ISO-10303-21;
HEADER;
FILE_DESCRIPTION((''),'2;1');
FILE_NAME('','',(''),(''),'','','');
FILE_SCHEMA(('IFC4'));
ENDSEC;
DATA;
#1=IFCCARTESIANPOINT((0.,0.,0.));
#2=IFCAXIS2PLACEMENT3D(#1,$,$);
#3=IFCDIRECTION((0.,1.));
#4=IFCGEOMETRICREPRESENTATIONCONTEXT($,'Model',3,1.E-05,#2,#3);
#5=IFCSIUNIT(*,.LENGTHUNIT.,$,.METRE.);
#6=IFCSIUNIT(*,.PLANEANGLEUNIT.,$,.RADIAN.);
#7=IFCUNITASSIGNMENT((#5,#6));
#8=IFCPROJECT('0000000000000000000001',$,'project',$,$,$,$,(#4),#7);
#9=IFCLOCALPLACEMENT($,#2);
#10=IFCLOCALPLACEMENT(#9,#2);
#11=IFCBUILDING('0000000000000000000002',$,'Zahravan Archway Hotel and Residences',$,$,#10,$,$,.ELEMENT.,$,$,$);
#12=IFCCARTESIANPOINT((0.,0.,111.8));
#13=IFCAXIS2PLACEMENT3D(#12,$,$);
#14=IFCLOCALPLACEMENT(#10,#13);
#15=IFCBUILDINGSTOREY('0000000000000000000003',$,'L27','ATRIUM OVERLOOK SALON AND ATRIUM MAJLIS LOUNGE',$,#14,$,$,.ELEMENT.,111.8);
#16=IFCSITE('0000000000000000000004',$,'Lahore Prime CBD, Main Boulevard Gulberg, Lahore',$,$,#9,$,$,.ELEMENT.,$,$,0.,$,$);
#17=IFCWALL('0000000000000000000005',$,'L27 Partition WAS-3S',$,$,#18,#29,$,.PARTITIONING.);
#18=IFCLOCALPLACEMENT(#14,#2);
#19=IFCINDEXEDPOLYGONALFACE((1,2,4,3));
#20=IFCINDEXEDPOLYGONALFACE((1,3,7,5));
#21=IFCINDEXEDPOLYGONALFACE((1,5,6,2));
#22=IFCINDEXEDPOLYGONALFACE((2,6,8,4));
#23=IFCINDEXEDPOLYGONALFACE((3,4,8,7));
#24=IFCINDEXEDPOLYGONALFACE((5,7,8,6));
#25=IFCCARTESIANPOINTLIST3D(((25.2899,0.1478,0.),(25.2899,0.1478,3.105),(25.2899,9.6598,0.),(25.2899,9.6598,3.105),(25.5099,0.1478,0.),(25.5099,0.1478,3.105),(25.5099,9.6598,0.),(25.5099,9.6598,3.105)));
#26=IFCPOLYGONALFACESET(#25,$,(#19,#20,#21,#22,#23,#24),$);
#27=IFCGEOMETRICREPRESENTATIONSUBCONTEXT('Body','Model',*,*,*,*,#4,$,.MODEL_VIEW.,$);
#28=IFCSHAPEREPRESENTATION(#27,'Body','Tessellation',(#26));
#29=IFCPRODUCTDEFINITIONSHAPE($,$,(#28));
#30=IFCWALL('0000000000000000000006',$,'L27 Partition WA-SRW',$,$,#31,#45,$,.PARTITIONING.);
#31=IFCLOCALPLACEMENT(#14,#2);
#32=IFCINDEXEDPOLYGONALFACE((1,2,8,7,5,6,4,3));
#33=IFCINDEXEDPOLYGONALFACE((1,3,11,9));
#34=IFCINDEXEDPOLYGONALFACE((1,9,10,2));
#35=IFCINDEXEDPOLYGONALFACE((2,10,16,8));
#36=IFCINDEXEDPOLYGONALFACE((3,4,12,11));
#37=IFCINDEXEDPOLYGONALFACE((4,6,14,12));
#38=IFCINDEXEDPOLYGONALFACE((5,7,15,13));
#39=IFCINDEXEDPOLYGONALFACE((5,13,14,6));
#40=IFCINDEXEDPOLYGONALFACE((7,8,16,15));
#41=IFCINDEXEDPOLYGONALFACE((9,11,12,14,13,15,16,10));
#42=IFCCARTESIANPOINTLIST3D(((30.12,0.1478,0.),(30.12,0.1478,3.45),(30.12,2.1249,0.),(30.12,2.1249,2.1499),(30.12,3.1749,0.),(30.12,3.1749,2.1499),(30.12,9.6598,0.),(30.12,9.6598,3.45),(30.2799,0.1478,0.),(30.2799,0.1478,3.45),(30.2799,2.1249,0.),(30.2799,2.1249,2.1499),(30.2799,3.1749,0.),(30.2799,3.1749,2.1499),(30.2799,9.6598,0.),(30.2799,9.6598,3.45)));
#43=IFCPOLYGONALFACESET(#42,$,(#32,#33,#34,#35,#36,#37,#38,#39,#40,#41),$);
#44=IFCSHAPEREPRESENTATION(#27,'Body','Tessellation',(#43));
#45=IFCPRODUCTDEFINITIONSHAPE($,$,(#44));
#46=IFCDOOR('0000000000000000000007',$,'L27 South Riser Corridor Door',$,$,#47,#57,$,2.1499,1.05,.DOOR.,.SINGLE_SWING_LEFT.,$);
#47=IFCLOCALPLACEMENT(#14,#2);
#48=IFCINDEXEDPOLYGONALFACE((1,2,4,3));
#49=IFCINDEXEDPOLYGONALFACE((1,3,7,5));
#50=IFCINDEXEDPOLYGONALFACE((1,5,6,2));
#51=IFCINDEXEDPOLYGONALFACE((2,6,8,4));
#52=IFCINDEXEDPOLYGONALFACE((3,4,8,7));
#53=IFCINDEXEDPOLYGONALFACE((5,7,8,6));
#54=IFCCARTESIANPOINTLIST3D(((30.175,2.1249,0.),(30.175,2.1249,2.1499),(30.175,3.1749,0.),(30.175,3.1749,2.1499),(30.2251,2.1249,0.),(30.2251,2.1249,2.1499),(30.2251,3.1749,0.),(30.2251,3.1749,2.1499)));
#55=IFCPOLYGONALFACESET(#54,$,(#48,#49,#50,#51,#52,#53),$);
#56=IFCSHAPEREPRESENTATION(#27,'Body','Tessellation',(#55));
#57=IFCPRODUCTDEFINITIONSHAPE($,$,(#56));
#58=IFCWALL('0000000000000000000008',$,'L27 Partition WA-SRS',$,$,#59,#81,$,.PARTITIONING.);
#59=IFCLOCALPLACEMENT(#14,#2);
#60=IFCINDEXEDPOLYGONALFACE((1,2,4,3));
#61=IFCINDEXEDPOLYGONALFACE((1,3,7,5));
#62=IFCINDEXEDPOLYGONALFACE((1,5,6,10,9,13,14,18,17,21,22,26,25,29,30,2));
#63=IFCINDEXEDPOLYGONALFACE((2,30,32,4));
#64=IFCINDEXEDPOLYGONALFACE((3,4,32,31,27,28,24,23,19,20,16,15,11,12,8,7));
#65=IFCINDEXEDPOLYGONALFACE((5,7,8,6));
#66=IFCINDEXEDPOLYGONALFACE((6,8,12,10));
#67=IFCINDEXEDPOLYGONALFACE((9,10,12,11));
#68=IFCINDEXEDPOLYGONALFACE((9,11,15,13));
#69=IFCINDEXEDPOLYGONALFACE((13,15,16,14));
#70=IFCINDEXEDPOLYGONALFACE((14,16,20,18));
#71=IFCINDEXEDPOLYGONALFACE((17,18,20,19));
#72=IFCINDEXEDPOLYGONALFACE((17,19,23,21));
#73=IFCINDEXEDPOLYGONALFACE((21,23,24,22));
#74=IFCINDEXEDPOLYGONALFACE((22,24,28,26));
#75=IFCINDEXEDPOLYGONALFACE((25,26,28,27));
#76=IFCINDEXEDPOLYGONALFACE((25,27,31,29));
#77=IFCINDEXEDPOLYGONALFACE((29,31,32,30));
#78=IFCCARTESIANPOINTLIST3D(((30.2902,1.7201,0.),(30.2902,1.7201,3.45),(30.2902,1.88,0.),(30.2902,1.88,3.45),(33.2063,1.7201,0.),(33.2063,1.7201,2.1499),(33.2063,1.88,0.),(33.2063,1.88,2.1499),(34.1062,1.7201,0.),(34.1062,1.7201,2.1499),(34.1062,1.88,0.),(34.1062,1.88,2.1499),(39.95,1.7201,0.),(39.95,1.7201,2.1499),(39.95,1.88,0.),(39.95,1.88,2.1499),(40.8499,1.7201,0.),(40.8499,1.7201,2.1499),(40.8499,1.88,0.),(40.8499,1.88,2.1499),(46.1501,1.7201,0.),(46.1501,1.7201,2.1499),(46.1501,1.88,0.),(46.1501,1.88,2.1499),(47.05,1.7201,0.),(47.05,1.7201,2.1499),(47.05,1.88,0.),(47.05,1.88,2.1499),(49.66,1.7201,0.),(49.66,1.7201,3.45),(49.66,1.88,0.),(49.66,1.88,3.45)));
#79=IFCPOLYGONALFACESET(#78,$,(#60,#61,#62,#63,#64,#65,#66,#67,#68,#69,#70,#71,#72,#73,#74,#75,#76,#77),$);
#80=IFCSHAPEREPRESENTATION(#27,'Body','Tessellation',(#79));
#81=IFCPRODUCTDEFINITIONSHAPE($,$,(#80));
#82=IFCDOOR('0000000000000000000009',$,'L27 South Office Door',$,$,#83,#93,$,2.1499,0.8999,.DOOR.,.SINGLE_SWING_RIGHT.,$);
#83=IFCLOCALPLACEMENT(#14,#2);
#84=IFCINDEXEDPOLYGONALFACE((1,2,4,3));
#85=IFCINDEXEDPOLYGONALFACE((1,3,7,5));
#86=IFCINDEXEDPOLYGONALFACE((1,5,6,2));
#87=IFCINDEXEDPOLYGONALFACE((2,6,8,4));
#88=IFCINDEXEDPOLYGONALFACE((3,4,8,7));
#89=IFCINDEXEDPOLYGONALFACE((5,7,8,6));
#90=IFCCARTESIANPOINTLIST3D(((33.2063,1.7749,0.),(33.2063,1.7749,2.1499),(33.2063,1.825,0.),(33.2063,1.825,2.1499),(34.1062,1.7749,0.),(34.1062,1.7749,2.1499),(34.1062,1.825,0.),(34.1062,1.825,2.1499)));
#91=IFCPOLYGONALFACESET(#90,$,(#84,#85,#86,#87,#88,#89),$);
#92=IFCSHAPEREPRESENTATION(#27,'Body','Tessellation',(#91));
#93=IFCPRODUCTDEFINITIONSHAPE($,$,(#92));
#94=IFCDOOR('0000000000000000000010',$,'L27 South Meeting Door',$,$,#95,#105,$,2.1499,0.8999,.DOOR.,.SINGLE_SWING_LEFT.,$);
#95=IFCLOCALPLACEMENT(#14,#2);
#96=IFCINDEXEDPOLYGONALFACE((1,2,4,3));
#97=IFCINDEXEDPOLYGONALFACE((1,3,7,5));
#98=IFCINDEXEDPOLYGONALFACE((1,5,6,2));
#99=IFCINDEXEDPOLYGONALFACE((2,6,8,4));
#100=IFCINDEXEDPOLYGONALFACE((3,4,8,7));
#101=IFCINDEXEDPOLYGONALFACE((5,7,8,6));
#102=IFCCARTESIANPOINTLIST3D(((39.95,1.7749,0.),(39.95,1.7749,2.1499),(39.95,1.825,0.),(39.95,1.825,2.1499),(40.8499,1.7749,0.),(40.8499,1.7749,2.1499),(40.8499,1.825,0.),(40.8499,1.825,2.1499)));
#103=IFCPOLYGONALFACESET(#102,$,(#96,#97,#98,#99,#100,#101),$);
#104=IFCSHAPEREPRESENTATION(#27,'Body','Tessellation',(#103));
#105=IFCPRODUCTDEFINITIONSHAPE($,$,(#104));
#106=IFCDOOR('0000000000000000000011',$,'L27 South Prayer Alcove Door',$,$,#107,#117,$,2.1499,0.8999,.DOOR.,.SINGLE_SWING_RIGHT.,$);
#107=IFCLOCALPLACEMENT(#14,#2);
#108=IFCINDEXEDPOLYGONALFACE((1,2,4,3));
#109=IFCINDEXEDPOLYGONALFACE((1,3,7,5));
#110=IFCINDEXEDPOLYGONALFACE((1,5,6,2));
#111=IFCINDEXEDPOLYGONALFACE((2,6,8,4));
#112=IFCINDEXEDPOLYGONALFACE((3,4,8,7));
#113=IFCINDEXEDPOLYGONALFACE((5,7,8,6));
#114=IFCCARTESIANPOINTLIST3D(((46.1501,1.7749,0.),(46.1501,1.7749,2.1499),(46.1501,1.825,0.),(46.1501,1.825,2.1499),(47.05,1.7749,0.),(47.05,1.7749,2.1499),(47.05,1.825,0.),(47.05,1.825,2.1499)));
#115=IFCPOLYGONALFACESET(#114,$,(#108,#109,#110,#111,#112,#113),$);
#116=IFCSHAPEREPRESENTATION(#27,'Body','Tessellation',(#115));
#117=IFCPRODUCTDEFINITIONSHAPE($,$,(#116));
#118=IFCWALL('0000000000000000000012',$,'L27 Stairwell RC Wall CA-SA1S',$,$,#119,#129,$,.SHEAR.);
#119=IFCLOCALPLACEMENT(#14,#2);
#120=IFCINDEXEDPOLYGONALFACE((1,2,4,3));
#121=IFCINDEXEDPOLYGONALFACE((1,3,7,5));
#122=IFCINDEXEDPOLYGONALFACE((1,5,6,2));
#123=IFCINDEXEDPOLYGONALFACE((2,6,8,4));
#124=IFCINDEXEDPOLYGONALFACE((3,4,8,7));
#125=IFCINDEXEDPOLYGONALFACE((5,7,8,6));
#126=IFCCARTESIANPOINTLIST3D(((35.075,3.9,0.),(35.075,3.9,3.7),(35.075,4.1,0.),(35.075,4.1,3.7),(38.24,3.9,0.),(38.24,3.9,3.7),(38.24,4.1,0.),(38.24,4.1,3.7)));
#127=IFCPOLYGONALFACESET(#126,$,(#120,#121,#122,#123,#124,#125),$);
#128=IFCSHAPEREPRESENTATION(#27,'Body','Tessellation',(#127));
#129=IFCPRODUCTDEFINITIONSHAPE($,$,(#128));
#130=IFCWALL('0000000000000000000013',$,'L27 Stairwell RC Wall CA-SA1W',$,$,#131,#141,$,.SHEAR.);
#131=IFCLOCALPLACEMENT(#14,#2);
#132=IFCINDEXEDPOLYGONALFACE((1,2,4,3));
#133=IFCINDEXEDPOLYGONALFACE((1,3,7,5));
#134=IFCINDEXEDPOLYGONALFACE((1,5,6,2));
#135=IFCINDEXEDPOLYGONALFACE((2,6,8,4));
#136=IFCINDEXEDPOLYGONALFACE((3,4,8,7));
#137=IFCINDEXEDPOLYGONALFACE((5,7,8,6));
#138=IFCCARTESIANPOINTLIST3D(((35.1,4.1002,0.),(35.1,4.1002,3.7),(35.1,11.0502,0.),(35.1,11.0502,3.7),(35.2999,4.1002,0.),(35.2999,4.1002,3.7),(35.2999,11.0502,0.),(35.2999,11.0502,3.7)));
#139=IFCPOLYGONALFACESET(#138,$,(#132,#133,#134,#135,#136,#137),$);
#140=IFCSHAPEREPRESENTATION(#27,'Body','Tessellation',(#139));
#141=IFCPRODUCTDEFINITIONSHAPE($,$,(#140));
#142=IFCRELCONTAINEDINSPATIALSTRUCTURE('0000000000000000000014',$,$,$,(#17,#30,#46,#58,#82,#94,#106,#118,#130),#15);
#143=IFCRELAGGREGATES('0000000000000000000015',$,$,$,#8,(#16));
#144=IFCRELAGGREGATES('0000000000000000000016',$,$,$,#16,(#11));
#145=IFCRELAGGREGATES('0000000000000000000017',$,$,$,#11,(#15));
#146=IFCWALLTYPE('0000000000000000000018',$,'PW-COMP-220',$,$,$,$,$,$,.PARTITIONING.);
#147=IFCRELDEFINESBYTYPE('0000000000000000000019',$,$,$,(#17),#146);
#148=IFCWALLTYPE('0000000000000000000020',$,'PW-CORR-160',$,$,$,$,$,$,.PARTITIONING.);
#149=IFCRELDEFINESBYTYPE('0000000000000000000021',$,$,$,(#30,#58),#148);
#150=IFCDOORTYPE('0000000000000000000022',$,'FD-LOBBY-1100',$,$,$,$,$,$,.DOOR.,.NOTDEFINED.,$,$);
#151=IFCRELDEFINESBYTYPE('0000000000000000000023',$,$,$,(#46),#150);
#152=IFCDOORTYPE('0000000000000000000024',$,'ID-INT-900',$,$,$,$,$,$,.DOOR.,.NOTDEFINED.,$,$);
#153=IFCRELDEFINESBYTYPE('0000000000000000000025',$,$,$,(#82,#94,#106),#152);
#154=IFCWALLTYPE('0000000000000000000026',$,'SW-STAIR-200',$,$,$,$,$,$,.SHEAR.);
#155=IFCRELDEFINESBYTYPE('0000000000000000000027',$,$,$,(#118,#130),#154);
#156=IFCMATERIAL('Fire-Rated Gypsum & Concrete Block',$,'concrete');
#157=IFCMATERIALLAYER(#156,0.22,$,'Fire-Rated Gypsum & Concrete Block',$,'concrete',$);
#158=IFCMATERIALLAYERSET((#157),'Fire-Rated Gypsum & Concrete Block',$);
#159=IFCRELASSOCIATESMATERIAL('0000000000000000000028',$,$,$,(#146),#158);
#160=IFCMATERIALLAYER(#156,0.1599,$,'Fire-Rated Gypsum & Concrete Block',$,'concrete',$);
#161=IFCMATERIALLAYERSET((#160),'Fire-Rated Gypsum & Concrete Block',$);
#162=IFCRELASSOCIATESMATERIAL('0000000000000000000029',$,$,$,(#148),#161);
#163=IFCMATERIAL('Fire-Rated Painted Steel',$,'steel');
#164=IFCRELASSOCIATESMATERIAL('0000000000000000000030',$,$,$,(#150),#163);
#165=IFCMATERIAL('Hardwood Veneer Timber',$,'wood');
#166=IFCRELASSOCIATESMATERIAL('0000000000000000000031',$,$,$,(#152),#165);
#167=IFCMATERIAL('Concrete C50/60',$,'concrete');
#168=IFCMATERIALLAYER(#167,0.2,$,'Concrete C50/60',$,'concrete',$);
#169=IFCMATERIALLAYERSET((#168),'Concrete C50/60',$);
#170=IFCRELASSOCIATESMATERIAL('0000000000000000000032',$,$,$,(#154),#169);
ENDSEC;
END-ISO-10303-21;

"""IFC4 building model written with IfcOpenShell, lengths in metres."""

from ifc_helpers import new_model, si_unit, direction, frame, frame_2d, origin, place, context, subcontext, project, spatial, rectangle, extrude, source, transform, mapped, material, layer, layer_set, type_object, type_shapes, element, fill, save


model = new_model("IFC4")

# Units and contexts
model_context = context("Model", 3, precision=1e-05, world=origin(), true_north=direction((0.0, 1.0)))
body_context = subcontext(model_context, "Body", "Model", "MODEL_VIEW")
ifc_project = project(units=[si_unit("LENGTHUNIT", "METRE"), si_unit("PLANEANGLEUNIT", "RADIAN")], contexts=[model_context])

# Site, building, storey
site_placement = place(None, origin())
site = spatial("IfcSite", under=ifc_project, at=site_placement, Name="Lahore Prime CBD, Main Boulevard Gulberg, Lahore", CompositionType="ELEMENT", RefElevation=0.0)
building_placement = place(site_placement, origin())
building = spatial("IfcBuilding", under=site, at=building_placement, Name="Zahravan Archway Hotel and Residences", CompositionType="ELEMENT")
storey_placement = place(building_placement, frame((0.0, 0.0, 111.8)))
storey = spatial("IfcBuildingStorey", under=building, at=storey_placement, Name="L27", Description="ATRIUM OVERLOOK SALON AND ATRIUM MAJLIS LOUNGE", CompositionType="ELEMENT", Elevation=111.8)

# Shared definitions
ifc_material_1 = material(Name="Fire-Rated Painted Steel", Category="steel")

# Wall
ifc_material_2 = material(Name="Fire-Rated Gypsum & Concrete Block", Category="concrete")
ifc_layer_1 = layer(ifc_material_2, 0.22, Name="Fire-Rated Gypsum & Concrete Block", Category="concrete")
ifc_layer_set_1 = layer_set([ifc_layer_1], Name="Fire-Rated Gypsum & Concrete Block")
wall_type_1 = type_object("IfcWallType", Name="PW-COMP-220", PredefinedType="PARTITIONING", material=ifc_layer_set_1)
wall_1_placement = place(storey_placement, frame((25.3999, 0.1479, 0.0), z_axis=(0.0, 0.0, 1.0), x_axis=(0.0, 1.0, 0.0)))
element("IfcWall", 1, at=wall_1_placement, inside=storey, type_object=wall_type_1, Name="L27 Partition WAS-3S", PredefinedType="PARTITIONING", context=body_context, shape_type="SweptSolid", body=[
    extrude(rectangle(XDim=9.512, YDim=0.22, at=frame_2d((4.7559, 0.0))), origin(), (0.0, 0.0, 1.0), 3.105),
])

# Wall, opening, door
ifc_layer_2 = layer(ifc_material_2, 0.1599, Name="Fire-Rated Gypsum & Concrete Block", Category="concrete")
ifc_layer_set_2 = layer_set([ifc_layer_2], Name="Fire-Rated Gypsum & Concrete Block")
wall_type_2 = type_object("IfcWallType", Name="PW-CORR-160", PredefinedType="PARTITIONING", material=ifc_layer_set_2)
wall_2_placement = place(storey_placement, frame((30.2, 0.1479, 0.0), z_axis=(0.0, 0.0, 1.0), x_axis=(0.0, 1.0, 0.0)))
wall_2 = element("IfcWall", 2, at=wall_2_placement, inside=storey, type_object=wall_type_2, Name="L27 Partition WA-SRW", PredefinedType="PARTITIONING", context=body_context, shape_type="SweptSolid", body=[
    extrude(rectangle(XDim=9.512, YDim=0.1599, at=frame_2d((4.7559, 0.0))), origin(), (0.0, 0.0, 1.0), 3.45),
])
opening_1_placement = place(wall_2_placement, frame((1.9771, 0.0, 0.0)))
opening_1 = element("IfcOpeningElement", 3, at=opening_1_placement, cuts=wall_2, PredefinedType="OPENING", context=body_context, shape_type="SweptSolid", body=[
    extrude(rectangle(XDim=1.05, YDim=2.1499, at=frame_2d((0.5249, 1.075))), frame((0.0, 0.0898, 0.0), z_axis=(0.0, -1.0, 0.0), x_axis=(1.0, 0.0, 0.0)), (0.0, 0.0, 1.0), 0.1799),
])
door_type_1 = type_object("IfcDoorType", Name="FD-LOBBY-1100", OperationType="NOTDEFINED", PredefinedType="DOOR", material=ifc_material_1)
shared_shape_1 = source(origin(), body_context, "Body", "SweptSolid", [
    extrude(rectangle(XDim=1.05, YDim=2.1499, at=frame_2d((0.5249, 1.075))), frame((0.0, 0.0249, 0.0), z_axis=(0.0, -1.0, 0.0), x_axis=(1.0, 0.0, 0.0)), (0.0, 0.0, 1.0), 0.05),
])
type_shapes(door_type_1, [shared_shape_1])
door_1_placement = place(opening_1_placement, origin())
door_1 = element("IfcDoor", 4, at=door_1_placement, inside=storey, type_object=door_type_1, Name="L27 South Riser Corridor Door", OperationType="SINGLE_SWING_LEFT", OverallHeight=2.1499, OverallWidth=1.05, PredefinedType="DOOR", context=body_context, shape_type="MappedRepresentation", body=[
    mapped(shared_shape_1, transform((0.0, 0.0, 0.0), scale=1.0)),
])
fill(opening_1, door_1)

# Wall, openings, doors
wall_3_placement = place(storey_placement, frame((30.29, 1.8, 0.0), z_axis=(0.0, 0.0, 1.0), x_axis=(1.0, 0.0, 0.0)))
wall_3 = element("IfcWall", 5, at=wall_3_placement, inside=storey, type_object=wall_type_2, Name="L27 Partition WA-SRS", PredefinedType="PARTITIONING", context=body_context, shape_type="SweptSolid", body=[
    extrude(rectangle(XDim=19.3699, YDim=0.1599, at=frame_2d((9.6851, 0.0))), origin(), (0.0, 0.0, 1.0), 3.45),
])
opening_2_placement = place(wall_3_placement, frame((2.9163, 0.0, 0.0)))
opening_2 = element("IfcOpeningElement", 6, at=opening_2_placement, cuts=wall_3, PredefinedType="OPENING", context=body_context, shape_type="SweptSolid", body=[
    extrude(rectangle(XDim=0.8999, YDim=2.1499, at=frame_2d((0.45, 1.075))), frame((0.0, 0.0898, 0.0), z_axis=(0.0, -1.0, 0.0), x_axis=(1.0, 0.0, 0.0)), (0.0, 0.0, 1.0), 0.1799),
])
opening_3_placement = place(wall_3_placement, frame((9.6599, 0.0, 0.0)))
opening_3 = element("IfcOpeningElement", 7, at=opening_3_placement, cuts=wall_3, PredefinedType="OPENING", context=body_context, shape_type="SweptSolid", body=[
    extrude(rectangle(XDim=0.8999, YDim=2.1499, at=frame_2d((0.45, 1.075))), frame((0.0, 0.0898, 0.0), z_axis=(0.0, -1.0, 0.0), x_axis=(1.0, 0.0, 0.0)), (0.0, 0.0, 1.0), 0.1799),
])
opening_4_placement = place(wall_3_placement, frame((15.8601, 0.0, 0.0)))
opening_4 = element("IfcOpeningElement", 8, at=opening_4_placement, cuts=wall_3, PredefinedType="OPENING", context=body_context, shape_type="SweptSolid", body=[
    extrude(rectangle(XDim=0.8999, YDim=2.1499, at=frame_2d((0.45, 1.075))), frame((0.0, 0.0898, 0.0), z_axis=(0.0, -1.0, 0.0), x_axis=(1.0, 0.0, 0.0)), (0.0, 0.0, 1.0), 0.1799),
])
ifc_material_3 = material(Name="Hardwood Veneer Timber", Category="wood")
door_type_2 = type_object("IfcDoorType", Name="ID-INT-900", OperationType="NOTDEFINED", PredefinedType="DOOR", material=ifc_material_3)
shared_shape_2 = source(origin(), body_context, "Body", "SweptSolid", [
    extrude(rectangle(XDim=0.8999, YDim=2.1499, at=frame_2d((0.45, 1.075))), frame((0.0, 0.0249, 0.0), z_axis=(0.0, -1.0, 0.0), x_axis=(1.0, 0.0, 0.0)), (0.0, 0.0, 1.0), 0.05),
])
type_shapes(door_type_2, [shared_shape_2])
door_2_placement = place(opening_2_placement, origin())
door_2 = element("IfcDoor", 9, at=door_2_placement, inside=storey, type_object=door_type_2, Name="L27 South Office Door", OperationType="SINGLE_SWING_RIGHT", OverallHeight=2.1499, OverallWidth=0.8999, PredefinedType="DOOR", context=body_context, shape_type="MappedRepresentation", body=[
    mapped(shared_shape_2, transform((0.0, 0.0, 0.0), scale=1.0)),
])
fill(opening_2, door_2)
door_3_placement = place(opening_3_placement, origin())
door_3 = element("IfcDoor", 10, at=door_3_placement, inside=storey, type_object=door_type_2, Name="L27 South Meeting Door", OperationType="SINGLE_SWING_LEFT", OverallHeight=2.1499, OverallWidth=0.8999, PredefinedType="DOOR", context=body_context, shape_type="MappedRepresentation", body=[
    mapped(shared_shape_2, transform((0.0, 0.0, 0.0), scale=1.0)),
])
fill(opening_3, door_3)
door_4_placement = place(opening_4_placement, origin())
door_4 = element("IfcDoor", 11, at=door_4_placement, inside=storey, type_object=door_type_2, Name="L27 South Prayer Alcove Door", OperationType="SINGLE_SWING_RIGHT", OverallHeight=2.1499, OverallWidth=0.8999, PredefinedType="DOOR", context=body_context, shape_type="MappedRepresentation", body=[
    mapped(shared_shape_2, transform((0.0, 0.0, 0.0), scale=1.0)),
])
fill(opening_4, door_4)

# Walls
ifc_material_4 = material(Name="Concrete C50/60", Category="concrete")
ifc_layer_3 = layer(ifc_material_4, 0.2, Name="Concrete C50/60", Category="concrete")
ifc_layer_set_3 = layer_set([ifc_layer_3], Name="Concrete C50/60")
wall_type_3 = type_object("IfcWallType", Name="SW-STAIR-200", PredefinedType="SHEAR", material=ifc_layer_set_3)
wall_4_placement = place(storey_placement, frame((35.075, 4.0, 0.0), z_axis=(0.0, 0.0, 1.0), x_axis=(1.0, 0.0, 0.0)))
element("IfcWall", 12, at=wall_4_placement, inside=storey, type_object=wall_type_3, Name="L27 Stairwell RC Wall CA-SA1S", PredefinedType="SHEAR", context=body_context, shape_type="SweptSolid", body=[
    extrude(rectangle(XDim=3.165, YDim=0.2, at=frame_2d((1.5825, 0.0))), origin(), (0.0, 0.0, 1.0), 3.7),
])
wall_5_placement = place(storey_placement, frame((35.2, 4.1001, 0.0), z_axis=(0.0, 0.0, 1.0), x_axis=(0.0, 1.0, 0.0)))
element("IfcWall", 13, at=wall_5_placement, inside=storey, type_object=wall_type_3, Name="L27 Stairwell RC Wall CA-SA1W", PredefinedType="SHEAR", context=body_context, shape_type="SweptSolid", body=[
    extrude(rectangle(XDim=6.95, YDim=0.2, at=frame_2d((3.4751, 0.0))), origin(), (0.0, 0.0, 1.0), 3.7),
])

save(model, "model.ifc")
